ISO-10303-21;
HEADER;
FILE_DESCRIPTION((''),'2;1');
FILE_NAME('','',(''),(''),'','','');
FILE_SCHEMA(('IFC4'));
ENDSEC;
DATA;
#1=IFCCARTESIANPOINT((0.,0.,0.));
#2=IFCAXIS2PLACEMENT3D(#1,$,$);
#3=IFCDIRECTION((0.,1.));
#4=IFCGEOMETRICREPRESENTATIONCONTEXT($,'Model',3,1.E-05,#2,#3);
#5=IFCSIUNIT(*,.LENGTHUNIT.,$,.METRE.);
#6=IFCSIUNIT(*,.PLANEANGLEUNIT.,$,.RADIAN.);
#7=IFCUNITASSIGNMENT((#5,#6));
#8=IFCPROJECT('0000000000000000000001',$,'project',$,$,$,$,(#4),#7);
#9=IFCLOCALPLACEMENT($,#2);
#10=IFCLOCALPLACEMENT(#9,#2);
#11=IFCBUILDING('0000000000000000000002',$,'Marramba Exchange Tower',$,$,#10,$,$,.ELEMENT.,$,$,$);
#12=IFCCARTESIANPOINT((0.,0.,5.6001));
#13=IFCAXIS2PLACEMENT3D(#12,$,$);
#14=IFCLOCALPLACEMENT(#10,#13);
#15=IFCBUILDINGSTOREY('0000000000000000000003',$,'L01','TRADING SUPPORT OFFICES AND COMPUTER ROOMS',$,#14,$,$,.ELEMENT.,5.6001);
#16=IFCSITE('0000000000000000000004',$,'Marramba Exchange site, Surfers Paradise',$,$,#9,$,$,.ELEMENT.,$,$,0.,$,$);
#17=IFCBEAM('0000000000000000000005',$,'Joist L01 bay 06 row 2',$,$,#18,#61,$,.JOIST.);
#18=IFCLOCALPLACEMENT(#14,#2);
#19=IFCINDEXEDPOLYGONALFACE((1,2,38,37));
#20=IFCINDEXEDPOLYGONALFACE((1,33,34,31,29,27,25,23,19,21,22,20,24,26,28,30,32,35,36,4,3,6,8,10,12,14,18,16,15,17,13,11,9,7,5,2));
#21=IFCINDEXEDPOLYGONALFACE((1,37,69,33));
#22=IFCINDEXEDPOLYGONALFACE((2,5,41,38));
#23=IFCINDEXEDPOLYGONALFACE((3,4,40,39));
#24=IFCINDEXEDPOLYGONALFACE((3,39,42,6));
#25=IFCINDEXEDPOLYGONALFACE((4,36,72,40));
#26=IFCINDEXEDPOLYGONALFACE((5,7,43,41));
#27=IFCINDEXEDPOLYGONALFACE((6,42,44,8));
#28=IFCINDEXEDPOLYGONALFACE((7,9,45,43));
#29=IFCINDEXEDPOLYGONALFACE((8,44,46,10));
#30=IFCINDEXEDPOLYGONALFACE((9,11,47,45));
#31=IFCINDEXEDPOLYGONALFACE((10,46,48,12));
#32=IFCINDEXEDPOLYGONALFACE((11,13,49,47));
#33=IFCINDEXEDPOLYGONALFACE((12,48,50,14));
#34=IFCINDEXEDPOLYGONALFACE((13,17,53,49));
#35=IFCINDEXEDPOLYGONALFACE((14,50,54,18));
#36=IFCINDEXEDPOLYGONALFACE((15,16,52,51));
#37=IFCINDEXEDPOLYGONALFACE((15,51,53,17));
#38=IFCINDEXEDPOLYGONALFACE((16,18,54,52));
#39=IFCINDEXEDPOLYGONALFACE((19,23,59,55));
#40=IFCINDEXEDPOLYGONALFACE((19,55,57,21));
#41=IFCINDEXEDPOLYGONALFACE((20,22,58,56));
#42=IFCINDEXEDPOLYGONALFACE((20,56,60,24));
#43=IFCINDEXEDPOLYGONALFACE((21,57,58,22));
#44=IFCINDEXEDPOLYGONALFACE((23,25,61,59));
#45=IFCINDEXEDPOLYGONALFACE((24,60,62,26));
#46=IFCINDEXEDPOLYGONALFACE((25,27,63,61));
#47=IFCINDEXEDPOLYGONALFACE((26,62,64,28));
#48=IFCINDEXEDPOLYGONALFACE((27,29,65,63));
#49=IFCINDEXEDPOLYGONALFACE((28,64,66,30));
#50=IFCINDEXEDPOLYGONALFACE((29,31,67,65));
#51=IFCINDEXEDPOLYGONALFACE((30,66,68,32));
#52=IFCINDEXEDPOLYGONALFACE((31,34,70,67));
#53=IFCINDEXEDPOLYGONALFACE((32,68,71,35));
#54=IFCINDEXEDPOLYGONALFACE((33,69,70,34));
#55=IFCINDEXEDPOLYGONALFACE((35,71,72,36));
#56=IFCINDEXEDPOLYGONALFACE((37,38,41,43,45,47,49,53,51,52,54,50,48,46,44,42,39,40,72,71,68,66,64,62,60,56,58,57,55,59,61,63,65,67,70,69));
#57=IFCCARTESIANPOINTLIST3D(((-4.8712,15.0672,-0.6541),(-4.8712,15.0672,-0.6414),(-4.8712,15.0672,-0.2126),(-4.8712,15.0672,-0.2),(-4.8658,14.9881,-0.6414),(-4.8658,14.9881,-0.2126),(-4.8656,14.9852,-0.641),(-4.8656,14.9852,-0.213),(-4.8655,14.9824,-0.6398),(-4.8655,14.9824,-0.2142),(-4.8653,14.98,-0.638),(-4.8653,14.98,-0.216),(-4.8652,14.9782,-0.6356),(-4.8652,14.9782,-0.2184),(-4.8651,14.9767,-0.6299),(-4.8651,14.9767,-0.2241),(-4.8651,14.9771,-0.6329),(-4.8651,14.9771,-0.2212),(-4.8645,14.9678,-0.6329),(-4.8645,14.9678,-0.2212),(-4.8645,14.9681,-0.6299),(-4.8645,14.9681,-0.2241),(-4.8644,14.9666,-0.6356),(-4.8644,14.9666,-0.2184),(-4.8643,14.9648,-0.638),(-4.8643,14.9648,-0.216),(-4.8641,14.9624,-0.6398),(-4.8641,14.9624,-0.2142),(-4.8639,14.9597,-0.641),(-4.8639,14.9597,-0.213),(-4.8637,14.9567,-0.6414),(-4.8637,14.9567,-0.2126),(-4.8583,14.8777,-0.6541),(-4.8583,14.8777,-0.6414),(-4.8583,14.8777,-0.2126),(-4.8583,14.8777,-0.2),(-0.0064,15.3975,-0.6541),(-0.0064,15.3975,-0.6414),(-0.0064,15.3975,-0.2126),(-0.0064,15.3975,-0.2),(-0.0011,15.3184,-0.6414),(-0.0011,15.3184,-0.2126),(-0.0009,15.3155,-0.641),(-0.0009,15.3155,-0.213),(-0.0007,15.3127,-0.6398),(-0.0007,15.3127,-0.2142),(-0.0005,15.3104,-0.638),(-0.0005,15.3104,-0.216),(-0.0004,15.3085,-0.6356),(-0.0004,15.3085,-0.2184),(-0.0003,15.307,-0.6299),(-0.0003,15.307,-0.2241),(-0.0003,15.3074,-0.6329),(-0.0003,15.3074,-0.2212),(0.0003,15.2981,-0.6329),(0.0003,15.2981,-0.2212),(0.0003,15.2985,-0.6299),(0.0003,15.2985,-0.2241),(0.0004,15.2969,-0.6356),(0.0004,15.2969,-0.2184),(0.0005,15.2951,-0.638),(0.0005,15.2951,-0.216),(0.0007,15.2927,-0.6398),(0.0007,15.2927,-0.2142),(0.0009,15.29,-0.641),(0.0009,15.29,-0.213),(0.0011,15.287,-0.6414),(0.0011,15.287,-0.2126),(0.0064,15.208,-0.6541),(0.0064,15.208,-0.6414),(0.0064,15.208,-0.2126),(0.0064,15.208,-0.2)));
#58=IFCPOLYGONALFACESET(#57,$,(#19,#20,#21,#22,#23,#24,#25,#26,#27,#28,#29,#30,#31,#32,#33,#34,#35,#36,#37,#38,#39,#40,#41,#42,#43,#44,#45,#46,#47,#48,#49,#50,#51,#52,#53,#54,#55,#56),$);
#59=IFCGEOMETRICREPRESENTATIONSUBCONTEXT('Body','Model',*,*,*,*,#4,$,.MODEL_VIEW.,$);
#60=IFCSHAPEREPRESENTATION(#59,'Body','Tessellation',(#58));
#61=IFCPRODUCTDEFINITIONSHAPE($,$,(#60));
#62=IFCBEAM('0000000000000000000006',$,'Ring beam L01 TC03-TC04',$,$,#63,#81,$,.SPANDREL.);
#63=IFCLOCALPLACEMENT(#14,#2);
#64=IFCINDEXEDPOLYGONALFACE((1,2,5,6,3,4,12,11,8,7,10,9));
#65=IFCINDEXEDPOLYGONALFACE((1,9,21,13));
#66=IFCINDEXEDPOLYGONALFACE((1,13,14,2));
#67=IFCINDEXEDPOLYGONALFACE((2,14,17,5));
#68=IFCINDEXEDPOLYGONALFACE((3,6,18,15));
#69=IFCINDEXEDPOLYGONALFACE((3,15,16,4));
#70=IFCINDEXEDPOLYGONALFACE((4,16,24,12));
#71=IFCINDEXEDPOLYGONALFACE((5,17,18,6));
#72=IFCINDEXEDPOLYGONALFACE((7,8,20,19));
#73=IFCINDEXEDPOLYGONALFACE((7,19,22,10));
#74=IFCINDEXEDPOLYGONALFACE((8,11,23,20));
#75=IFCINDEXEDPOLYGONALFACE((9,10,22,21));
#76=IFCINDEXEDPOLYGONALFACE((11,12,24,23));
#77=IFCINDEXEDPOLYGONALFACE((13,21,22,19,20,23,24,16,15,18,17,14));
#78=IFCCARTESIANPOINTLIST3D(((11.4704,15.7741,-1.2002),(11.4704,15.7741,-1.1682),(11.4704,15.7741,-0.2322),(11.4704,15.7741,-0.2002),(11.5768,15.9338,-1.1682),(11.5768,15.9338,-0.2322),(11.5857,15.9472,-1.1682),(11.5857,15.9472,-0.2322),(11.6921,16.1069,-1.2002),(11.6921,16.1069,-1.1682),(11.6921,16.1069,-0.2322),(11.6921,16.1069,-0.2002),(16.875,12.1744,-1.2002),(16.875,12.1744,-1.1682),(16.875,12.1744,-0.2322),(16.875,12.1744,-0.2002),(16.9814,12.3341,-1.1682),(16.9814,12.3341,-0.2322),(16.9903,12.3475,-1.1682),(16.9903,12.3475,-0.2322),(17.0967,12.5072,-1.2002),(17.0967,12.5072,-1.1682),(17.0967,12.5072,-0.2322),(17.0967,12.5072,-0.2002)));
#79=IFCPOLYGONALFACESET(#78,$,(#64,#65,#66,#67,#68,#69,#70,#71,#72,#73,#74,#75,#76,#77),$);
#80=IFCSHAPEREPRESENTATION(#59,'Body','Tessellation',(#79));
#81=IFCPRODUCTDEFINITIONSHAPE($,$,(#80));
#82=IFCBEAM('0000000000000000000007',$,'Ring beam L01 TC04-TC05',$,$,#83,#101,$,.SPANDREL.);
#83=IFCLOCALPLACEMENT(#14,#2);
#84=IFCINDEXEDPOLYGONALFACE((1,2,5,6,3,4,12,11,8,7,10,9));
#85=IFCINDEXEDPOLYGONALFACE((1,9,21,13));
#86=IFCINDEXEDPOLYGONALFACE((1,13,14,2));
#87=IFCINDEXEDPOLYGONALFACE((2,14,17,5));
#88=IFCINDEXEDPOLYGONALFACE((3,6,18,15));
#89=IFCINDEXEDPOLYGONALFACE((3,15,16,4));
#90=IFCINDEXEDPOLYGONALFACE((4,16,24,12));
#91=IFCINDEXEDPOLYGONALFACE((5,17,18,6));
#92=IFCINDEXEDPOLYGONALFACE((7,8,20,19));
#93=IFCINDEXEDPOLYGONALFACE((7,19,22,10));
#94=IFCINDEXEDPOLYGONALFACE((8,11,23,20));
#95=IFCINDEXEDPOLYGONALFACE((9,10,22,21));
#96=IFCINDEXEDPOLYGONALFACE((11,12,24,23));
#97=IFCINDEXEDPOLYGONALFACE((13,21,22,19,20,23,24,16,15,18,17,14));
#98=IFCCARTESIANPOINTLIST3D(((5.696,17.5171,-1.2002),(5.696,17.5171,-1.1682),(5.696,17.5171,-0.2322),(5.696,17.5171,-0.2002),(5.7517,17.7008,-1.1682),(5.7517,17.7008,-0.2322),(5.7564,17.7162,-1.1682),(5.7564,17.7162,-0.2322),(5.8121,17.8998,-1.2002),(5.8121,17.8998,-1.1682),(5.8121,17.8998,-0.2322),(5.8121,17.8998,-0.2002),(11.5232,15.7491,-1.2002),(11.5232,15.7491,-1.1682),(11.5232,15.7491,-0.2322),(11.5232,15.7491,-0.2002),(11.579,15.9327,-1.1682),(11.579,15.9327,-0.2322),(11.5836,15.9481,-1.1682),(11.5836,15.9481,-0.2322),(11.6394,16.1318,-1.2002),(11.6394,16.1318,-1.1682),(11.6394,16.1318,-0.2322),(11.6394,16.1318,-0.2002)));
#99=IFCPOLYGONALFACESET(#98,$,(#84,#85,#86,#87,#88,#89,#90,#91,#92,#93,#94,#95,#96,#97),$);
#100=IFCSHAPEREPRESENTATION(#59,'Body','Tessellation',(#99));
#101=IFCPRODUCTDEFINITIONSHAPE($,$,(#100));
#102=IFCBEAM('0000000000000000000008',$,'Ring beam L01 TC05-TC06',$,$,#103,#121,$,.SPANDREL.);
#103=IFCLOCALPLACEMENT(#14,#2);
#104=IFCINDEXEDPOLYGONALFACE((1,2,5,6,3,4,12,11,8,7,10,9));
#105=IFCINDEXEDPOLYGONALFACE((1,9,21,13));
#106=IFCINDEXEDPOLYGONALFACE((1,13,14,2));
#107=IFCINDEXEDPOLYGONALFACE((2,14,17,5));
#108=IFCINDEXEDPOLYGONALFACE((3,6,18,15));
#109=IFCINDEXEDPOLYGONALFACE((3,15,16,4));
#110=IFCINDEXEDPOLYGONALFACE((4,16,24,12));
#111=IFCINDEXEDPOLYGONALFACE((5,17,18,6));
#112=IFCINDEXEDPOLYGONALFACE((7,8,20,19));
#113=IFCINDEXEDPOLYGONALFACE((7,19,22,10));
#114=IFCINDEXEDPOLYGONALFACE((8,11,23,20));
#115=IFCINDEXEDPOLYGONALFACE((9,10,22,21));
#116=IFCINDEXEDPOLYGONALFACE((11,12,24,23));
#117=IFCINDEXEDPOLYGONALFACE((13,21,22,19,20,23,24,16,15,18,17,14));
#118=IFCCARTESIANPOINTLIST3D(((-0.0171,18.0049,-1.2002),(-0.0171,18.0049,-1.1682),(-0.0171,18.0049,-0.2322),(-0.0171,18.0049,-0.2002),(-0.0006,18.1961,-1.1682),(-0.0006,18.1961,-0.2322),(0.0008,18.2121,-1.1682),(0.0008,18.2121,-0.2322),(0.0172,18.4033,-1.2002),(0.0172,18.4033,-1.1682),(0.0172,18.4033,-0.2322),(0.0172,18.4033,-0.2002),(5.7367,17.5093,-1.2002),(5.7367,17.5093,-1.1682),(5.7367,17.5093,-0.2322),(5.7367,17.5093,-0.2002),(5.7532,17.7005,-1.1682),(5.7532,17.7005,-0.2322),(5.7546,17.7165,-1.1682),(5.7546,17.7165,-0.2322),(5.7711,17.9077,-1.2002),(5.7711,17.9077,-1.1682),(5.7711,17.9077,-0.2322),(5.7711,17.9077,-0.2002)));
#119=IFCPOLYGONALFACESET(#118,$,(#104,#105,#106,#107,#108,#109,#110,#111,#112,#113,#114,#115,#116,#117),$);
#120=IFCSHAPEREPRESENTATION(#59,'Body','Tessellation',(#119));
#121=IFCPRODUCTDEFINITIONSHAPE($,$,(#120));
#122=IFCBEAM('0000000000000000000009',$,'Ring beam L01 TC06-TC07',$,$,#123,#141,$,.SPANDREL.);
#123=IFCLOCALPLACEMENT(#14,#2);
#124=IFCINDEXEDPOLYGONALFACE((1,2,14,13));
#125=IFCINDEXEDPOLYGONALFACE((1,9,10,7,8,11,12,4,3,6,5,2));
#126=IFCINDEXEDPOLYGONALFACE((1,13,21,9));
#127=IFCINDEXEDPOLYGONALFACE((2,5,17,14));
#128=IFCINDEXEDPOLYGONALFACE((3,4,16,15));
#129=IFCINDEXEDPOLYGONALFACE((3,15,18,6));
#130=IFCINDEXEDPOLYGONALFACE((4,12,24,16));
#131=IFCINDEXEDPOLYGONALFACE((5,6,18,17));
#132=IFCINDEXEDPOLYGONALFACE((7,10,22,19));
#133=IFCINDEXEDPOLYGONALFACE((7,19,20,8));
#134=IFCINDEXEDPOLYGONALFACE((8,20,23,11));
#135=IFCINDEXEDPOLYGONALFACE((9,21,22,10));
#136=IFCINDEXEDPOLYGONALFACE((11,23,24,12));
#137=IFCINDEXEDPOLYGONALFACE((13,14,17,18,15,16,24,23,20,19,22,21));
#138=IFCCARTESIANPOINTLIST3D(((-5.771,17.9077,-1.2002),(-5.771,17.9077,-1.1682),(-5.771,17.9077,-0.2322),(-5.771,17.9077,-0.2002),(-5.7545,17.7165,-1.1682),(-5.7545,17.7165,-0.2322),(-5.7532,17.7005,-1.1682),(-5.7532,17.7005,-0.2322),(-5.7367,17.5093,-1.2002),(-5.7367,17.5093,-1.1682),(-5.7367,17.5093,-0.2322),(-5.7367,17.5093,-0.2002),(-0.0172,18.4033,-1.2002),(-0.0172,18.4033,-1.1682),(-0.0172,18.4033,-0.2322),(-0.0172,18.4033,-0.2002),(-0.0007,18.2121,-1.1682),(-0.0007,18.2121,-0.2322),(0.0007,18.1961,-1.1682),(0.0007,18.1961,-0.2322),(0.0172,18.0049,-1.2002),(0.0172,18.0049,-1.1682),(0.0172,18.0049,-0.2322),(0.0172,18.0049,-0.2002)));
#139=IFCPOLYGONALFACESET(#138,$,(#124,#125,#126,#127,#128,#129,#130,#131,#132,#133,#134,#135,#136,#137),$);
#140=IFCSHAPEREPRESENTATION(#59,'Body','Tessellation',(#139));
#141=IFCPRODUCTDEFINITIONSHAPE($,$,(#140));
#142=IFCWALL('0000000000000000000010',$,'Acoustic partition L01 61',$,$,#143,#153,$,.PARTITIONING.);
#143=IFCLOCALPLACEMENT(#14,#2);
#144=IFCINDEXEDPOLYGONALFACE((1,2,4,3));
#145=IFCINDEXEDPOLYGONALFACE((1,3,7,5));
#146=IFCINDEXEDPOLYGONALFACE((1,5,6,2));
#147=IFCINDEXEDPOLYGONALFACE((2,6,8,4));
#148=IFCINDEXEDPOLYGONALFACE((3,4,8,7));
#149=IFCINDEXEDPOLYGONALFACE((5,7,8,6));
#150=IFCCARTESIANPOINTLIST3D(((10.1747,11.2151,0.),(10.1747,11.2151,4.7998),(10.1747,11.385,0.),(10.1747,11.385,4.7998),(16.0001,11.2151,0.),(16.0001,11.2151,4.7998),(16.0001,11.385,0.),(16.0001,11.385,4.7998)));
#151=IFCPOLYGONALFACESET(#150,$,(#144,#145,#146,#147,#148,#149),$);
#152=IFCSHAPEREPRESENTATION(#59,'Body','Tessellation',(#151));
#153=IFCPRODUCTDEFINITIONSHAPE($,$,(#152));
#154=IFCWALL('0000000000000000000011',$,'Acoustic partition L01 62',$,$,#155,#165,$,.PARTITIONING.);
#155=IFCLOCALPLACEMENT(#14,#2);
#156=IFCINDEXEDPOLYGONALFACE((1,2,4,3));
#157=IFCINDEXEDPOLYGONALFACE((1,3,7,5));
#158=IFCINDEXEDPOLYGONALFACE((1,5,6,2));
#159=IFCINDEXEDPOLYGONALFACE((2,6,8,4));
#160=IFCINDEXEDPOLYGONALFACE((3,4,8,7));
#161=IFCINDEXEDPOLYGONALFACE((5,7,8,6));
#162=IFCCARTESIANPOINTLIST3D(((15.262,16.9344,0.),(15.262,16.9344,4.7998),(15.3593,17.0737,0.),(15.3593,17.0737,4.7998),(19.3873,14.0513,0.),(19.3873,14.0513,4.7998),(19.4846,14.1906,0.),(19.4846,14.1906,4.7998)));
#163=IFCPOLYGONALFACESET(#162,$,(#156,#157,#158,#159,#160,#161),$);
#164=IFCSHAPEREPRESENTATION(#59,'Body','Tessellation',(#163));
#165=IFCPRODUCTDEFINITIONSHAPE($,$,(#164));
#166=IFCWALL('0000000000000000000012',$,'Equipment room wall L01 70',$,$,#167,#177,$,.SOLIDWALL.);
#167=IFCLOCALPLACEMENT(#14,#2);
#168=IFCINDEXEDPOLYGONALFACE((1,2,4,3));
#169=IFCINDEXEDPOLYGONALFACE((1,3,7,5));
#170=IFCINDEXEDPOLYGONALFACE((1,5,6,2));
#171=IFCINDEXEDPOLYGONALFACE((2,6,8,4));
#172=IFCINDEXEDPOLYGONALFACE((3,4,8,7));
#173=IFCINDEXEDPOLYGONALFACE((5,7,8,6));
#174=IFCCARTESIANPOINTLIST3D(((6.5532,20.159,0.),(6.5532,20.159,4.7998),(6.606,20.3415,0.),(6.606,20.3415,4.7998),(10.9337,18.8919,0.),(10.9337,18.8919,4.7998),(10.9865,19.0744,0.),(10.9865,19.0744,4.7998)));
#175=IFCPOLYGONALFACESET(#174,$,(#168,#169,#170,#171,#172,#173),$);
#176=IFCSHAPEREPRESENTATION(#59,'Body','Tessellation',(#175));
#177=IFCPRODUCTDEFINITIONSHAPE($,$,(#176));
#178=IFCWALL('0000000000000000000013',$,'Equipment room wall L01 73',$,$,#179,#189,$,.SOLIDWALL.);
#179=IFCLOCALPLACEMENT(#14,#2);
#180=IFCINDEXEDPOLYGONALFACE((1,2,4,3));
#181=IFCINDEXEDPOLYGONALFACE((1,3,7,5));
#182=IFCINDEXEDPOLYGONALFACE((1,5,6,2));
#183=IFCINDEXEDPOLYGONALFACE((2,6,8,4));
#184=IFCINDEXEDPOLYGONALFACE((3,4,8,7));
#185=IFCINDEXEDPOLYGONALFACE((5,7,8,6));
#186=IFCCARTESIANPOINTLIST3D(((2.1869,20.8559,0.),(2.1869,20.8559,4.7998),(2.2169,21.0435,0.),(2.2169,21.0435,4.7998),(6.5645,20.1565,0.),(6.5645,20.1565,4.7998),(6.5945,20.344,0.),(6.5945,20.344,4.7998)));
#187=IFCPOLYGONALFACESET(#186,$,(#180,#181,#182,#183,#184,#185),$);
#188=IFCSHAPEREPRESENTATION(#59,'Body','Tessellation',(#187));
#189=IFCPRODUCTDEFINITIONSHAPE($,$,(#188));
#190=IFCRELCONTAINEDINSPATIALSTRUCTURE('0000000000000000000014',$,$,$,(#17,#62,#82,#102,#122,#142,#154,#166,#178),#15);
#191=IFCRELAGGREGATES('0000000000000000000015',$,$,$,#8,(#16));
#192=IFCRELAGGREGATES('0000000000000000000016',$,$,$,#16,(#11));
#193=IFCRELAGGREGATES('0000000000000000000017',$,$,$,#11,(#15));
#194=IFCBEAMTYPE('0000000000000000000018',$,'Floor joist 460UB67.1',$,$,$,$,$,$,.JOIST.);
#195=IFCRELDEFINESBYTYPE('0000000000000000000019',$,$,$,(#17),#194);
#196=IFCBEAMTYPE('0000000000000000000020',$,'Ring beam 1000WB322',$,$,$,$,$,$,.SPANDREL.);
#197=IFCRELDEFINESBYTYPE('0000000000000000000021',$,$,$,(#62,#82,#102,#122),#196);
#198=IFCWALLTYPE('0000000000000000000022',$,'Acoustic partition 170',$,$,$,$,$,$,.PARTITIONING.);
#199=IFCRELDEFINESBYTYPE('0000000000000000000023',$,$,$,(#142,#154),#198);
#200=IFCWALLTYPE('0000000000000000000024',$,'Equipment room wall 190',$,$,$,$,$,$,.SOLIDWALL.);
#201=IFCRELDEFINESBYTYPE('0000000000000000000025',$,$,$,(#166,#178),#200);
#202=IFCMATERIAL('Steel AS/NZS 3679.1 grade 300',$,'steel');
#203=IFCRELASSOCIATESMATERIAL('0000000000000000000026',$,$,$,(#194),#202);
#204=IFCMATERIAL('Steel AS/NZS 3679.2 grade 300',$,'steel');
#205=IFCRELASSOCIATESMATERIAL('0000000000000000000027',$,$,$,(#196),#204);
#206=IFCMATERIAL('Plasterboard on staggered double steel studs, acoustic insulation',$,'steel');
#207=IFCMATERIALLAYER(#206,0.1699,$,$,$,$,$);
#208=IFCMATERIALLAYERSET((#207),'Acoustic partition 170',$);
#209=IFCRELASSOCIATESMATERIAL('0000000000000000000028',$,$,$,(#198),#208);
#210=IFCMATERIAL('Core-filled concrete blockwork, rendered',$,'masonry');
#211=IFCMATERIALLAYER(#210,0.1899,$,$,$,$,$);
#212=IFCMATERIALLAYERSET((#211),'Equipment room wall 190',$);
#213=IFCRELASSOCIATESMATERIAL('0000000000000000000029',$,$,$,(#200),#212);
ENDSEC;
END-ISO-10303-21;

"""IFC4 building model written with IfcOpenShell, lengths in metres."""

from ifc_helpers import new_model, si_unit, direction, frame, frame_2d, origin, origin_2d, place, context, subcontext, project, spatial, rectangle, i_section, extrude, material, layer, layer_set, material_profile, profile_set, type_object, element, save


model = new_model("IFC4")

# Units and contexts
model_context = context("Model", 3, precision=1e-05, world=origin(), true_north=direction((0.0, 1.0)))
body_context = subcontext(model_context, "Body", "Model", "MODEL_VIEW")
ifc_project = project(units=[si_unit("LENGTHUNIT", "METRE"), si_unit("PLANEANGLEUNIT", "RADIAN")], contexts=[model_context])

# Site, building, storey
site_placement = place(None, origin())
site = spatial("IfcSite", under=ifc_project, at=site_placement, Name="Marramba Exchange site, Surfers Paradise", CompositionType="ELEMENT", RefElevation=0.0)
building_placement = place(site_placement, origin())
building = spatial("IfcBuilding", under=site, at=building_placement, Name="Marramba Exchange Tower", CompositionType="ELEMENT")
storey_placement = place(building_placement, frame((0.0, 0.0, 5.6001)))
storey = spatial("IfcBuildingStorey", under=building, at=storey_placement, Name="L01", Description="TRADING SUPPORT OFFICES AND COMPUTER ROOMS", CompositionType="ELEMENT", Elevation=5.6001)

# Beams
ifc_material_1 = material(Name="Steel AS/NZS 3679.1 grade 300", Category="steel")
ifc_material_profile_1 = material_profile(ifc_material_1, i_section(OverallWidth=0.1899, OverallDepth=0.4541, WebThickness=0.0085, FlangeThickness=0.0127, FilletRadius=0.0115, at=origin_2d()), Name="460UB67.1")
ifc_profile_set_1 = profile_set([ifc_material_profile_1], Name="Steel AS/NZS 3679.1 grade 300")
beam_type_1 = type_object("IfcBeamType", Name="Floor joist 460UB67.1", PredefinedType="JOIST", material=ifc_profile_set_1)
beam_1_placement = place(storey_placement, frame((0.0, 15.3027, -0.427), z_axis=(-0.997703, -0.067745, 0.0), x_axis=(0.067745, -0.997703, 0.0)))
element("IfcBeam", 1, at=beam_1_placement, inside=storey, type_object=beam_type_1, Name="Joist L01 bay 06 row 2", PredefinedType="JOIST", context=body_context, shape_type="SweptSolid", body=[
    extrude(i_section(OverallWidth=0.1899, OverallDepth=0.4541, WebThickness=0.0085, FlangeThickness=0.0127, FilletRadius=0.0115, at=origin_2d()), origin(), (0.0, 0.0, 1.0), 4.876),
])
ifc_material_2 = material(Name="Steel AS/NZS 3679.2 grade 300", Category="steel")
ifc_material_profile_2 = material_profile(ifc_material_2, i_section(OverallWidth=0.3999, OverallDepth=1.0, WebThickness=0.0161, FlangeThickness=0.032, at=origin_2d()), Name="1000WB322")
ifc_profile_set_2 = profile_set([ifc_material_profile_2], Name="Steel AS/NZS 3679.2 grade 300")
beam_type_2 = type_object("IfcBeamType", Name="Ring beam 1000WB322", PredefinedType="SPANDREL", material=ifc_profile_set_2)
beam_2_placement = place(storey_placement, frame((16.9858, 12.3408, -0.7002), z_axis=(-0.832293, 0.554336, 0.0), x_axis=(-0.554336, -0.832293, 0.0)))
element("IfcBeam", 2, at=beam_2_placement, inside=storey, type_object=beam_type_2, Name="Ring beam L01 TC03-TC04", PredefinedType="SPANDREL", context=body_context, shape_type="SweptSolid", body=[
    extrude(i_section(OverallWidth=0.3999, OverallDepth=1.0, WebThickness=0.0161, FlangeThickness=0.032, at=origin_2d()), origin(), (0.0, 0.0, 1.0), 6.4937),
])
beam_3_placement = place(storey_placement, frame((11.5813, 15.9404, -0.7002), z_axis=(-0.956925, 0.290337, 0.0), x_axis=(-0.290337, -0.956925, 0.0)))
element("IfcBeam", 3, at=beam_3_placement, inside=storey, type_object=beam_type_2, Name="Ring beam L01 TC04-TC05", PredefinedType="SPANDREL", context=body_context, shape_type="SweptSolid", body=[
    extrude(i_section(OverallWidth=0.3999, OverallDepth=1.0, WebThickness=0.0161, FlangeThickness=0.032, at=origin_2d()), origin(), (0.0, 0.0, 1.0), 6.0896),
])
for number, where, z_axis, x_axis, name in (
    (4, (5.7539, 17.7085, -0.7002), (-0.996311, 0.085816, 0.0), (-0.085816, -0.996311, 0.0), "Ring beam L01 TC05-TC06"),
    (5, (0.0, 18.2041, -0.7002), (-0.996311, -0.085816, 0.0), (0.085816, -0.996311, 0.0), "Ring beam L01 TC06-TC07"),
):
    element("IfcBeam", number, at=place(storey_placement, frame(where, z_axis=z_axis, x_axis=x_axis)), inside=storey, type_object=beam_type_2, Name=name, PredefinedType="SPANDREL", context=body_context, shape_type="SweptSolid", body=[
        extrude(i_section(OverallWidth=0.3999, OverallDepth=1.0, WebThickness=0.0161, FlangeThickness=0.032, at=origin_2d()), origin(), (0.0, 0.0, 1.0), 5.7751),
    ])

# Walls
ifc_material_3 = material(Name="Plasterboard on staggered double steel studs, acoustic insulation", Category="steel")
ifc_layer_1 = layer(ifc_material_3, 0.1699)
ifc_layer_set_1 = layer_set([ifc_layer_1], Name="Acoustic partition 170")
wall_type_1 = type_object("IfcWallType", Name="Acoustic partition 170", PredefinedType="PARTITIONING", material=ifc_layer_set_1)
wall_1_placement = place(storey_placement, frame((16.0, 11.3, 0.0), z_axis=(0.0, 0.0, 1.0), x_axis=(-1.0, 0.0, 0.0)))
element("IfcWall", 6, at=wall_1_placement, inside=storey, type_object=wall_type_1, Name="Acoustic partition L01 61", PredefinedType="PARTITIONING", context=body_context, shape_type="SweptSolid", body=[
    extrude(rectangle(XDim=5.8254, YDim=0.1699, at=frame_2d((2.9126, 0.0))), origin(), (0.0, 0.0, 1.0), 4.7998),
])
wall_2_placement = place(storey_placement, frame((15.3105, 17.0042, 0.0), z_axis=(0.0, 0.0, 1.0), x_axis=(0.819662, -0.572847, 0.0)))
element("IfcWall", 7, at=wall_2_placement, inside=storey, type_object=wall_type_1, Name="Acoustic partition L01 62", PredefinedType="PARTITIONING", context=body_context, shape_type="SweptSolid", body=[
    extrude(rectangle(XDim=5.033, YDim=0.1699, at=frame_2d((2.5166, 0.0))), origin(), (0.0, 0.0, 1.0), 4.7998),
])
ifc_material_4 = material(Name="Core-filled concrete blockwork, rendered", Category="masonry")
ifc_layer_2 = layer(ifc_material_4, 0.1899)
ifc_layer_set_2 = layer_set([ifc_layer_2], Name="Equipment room wall 190")
wall_type_2 = type_object("IfcWallType", Name="Equipment room wall 190", PredefinedType="SOLIDWALL", material=ifc_layer_set_2)
wall_3_placement = place(storey_placement, frame((6.5796, 20.2502, 0.0), z_axis=(0.0, 0.0, 1.0), x_axis=(0.960618, -0.277873, 0.0)))
element("IfcWall", 8, at=wall_3_placement, inside=storey, type_object=wall_type_2, Name="Equipment room wall L01 70", PredefinedType="SOLIDWALL", context=body_context, shape_type="SweptSolid", body=[
    extrude(rectangle(XDim=4.5601, YDim=0.1899, at=frame_2d((2.28, 0.0))), origin(), (0.0, 0.0, 1.0), 4.7998),
])
wall_4_placement = place(storey_placement, frame((2.2019, 20.9497, 0.0), z_axis=(0.0, 0.0, 1.0), x_axis=(0.987475, -0.157778, 0.0)))
element("IfcWall", 9, at=wall_4_placement, inside=storey, type_object=wall_type_2, Name="Equipment room wall L01 73", PredefinedType="SOLIDWALL", context=body_context, shape_type="SweptSolid", body=[
    extrude(rectangle(XDim=4.4331, YDim=0.1899, at=frame_2d((2.2166, 0.0))), origin(), (0.0, 0.0, 1.0), 4.7998),
])

save(model, "model.ifc")
